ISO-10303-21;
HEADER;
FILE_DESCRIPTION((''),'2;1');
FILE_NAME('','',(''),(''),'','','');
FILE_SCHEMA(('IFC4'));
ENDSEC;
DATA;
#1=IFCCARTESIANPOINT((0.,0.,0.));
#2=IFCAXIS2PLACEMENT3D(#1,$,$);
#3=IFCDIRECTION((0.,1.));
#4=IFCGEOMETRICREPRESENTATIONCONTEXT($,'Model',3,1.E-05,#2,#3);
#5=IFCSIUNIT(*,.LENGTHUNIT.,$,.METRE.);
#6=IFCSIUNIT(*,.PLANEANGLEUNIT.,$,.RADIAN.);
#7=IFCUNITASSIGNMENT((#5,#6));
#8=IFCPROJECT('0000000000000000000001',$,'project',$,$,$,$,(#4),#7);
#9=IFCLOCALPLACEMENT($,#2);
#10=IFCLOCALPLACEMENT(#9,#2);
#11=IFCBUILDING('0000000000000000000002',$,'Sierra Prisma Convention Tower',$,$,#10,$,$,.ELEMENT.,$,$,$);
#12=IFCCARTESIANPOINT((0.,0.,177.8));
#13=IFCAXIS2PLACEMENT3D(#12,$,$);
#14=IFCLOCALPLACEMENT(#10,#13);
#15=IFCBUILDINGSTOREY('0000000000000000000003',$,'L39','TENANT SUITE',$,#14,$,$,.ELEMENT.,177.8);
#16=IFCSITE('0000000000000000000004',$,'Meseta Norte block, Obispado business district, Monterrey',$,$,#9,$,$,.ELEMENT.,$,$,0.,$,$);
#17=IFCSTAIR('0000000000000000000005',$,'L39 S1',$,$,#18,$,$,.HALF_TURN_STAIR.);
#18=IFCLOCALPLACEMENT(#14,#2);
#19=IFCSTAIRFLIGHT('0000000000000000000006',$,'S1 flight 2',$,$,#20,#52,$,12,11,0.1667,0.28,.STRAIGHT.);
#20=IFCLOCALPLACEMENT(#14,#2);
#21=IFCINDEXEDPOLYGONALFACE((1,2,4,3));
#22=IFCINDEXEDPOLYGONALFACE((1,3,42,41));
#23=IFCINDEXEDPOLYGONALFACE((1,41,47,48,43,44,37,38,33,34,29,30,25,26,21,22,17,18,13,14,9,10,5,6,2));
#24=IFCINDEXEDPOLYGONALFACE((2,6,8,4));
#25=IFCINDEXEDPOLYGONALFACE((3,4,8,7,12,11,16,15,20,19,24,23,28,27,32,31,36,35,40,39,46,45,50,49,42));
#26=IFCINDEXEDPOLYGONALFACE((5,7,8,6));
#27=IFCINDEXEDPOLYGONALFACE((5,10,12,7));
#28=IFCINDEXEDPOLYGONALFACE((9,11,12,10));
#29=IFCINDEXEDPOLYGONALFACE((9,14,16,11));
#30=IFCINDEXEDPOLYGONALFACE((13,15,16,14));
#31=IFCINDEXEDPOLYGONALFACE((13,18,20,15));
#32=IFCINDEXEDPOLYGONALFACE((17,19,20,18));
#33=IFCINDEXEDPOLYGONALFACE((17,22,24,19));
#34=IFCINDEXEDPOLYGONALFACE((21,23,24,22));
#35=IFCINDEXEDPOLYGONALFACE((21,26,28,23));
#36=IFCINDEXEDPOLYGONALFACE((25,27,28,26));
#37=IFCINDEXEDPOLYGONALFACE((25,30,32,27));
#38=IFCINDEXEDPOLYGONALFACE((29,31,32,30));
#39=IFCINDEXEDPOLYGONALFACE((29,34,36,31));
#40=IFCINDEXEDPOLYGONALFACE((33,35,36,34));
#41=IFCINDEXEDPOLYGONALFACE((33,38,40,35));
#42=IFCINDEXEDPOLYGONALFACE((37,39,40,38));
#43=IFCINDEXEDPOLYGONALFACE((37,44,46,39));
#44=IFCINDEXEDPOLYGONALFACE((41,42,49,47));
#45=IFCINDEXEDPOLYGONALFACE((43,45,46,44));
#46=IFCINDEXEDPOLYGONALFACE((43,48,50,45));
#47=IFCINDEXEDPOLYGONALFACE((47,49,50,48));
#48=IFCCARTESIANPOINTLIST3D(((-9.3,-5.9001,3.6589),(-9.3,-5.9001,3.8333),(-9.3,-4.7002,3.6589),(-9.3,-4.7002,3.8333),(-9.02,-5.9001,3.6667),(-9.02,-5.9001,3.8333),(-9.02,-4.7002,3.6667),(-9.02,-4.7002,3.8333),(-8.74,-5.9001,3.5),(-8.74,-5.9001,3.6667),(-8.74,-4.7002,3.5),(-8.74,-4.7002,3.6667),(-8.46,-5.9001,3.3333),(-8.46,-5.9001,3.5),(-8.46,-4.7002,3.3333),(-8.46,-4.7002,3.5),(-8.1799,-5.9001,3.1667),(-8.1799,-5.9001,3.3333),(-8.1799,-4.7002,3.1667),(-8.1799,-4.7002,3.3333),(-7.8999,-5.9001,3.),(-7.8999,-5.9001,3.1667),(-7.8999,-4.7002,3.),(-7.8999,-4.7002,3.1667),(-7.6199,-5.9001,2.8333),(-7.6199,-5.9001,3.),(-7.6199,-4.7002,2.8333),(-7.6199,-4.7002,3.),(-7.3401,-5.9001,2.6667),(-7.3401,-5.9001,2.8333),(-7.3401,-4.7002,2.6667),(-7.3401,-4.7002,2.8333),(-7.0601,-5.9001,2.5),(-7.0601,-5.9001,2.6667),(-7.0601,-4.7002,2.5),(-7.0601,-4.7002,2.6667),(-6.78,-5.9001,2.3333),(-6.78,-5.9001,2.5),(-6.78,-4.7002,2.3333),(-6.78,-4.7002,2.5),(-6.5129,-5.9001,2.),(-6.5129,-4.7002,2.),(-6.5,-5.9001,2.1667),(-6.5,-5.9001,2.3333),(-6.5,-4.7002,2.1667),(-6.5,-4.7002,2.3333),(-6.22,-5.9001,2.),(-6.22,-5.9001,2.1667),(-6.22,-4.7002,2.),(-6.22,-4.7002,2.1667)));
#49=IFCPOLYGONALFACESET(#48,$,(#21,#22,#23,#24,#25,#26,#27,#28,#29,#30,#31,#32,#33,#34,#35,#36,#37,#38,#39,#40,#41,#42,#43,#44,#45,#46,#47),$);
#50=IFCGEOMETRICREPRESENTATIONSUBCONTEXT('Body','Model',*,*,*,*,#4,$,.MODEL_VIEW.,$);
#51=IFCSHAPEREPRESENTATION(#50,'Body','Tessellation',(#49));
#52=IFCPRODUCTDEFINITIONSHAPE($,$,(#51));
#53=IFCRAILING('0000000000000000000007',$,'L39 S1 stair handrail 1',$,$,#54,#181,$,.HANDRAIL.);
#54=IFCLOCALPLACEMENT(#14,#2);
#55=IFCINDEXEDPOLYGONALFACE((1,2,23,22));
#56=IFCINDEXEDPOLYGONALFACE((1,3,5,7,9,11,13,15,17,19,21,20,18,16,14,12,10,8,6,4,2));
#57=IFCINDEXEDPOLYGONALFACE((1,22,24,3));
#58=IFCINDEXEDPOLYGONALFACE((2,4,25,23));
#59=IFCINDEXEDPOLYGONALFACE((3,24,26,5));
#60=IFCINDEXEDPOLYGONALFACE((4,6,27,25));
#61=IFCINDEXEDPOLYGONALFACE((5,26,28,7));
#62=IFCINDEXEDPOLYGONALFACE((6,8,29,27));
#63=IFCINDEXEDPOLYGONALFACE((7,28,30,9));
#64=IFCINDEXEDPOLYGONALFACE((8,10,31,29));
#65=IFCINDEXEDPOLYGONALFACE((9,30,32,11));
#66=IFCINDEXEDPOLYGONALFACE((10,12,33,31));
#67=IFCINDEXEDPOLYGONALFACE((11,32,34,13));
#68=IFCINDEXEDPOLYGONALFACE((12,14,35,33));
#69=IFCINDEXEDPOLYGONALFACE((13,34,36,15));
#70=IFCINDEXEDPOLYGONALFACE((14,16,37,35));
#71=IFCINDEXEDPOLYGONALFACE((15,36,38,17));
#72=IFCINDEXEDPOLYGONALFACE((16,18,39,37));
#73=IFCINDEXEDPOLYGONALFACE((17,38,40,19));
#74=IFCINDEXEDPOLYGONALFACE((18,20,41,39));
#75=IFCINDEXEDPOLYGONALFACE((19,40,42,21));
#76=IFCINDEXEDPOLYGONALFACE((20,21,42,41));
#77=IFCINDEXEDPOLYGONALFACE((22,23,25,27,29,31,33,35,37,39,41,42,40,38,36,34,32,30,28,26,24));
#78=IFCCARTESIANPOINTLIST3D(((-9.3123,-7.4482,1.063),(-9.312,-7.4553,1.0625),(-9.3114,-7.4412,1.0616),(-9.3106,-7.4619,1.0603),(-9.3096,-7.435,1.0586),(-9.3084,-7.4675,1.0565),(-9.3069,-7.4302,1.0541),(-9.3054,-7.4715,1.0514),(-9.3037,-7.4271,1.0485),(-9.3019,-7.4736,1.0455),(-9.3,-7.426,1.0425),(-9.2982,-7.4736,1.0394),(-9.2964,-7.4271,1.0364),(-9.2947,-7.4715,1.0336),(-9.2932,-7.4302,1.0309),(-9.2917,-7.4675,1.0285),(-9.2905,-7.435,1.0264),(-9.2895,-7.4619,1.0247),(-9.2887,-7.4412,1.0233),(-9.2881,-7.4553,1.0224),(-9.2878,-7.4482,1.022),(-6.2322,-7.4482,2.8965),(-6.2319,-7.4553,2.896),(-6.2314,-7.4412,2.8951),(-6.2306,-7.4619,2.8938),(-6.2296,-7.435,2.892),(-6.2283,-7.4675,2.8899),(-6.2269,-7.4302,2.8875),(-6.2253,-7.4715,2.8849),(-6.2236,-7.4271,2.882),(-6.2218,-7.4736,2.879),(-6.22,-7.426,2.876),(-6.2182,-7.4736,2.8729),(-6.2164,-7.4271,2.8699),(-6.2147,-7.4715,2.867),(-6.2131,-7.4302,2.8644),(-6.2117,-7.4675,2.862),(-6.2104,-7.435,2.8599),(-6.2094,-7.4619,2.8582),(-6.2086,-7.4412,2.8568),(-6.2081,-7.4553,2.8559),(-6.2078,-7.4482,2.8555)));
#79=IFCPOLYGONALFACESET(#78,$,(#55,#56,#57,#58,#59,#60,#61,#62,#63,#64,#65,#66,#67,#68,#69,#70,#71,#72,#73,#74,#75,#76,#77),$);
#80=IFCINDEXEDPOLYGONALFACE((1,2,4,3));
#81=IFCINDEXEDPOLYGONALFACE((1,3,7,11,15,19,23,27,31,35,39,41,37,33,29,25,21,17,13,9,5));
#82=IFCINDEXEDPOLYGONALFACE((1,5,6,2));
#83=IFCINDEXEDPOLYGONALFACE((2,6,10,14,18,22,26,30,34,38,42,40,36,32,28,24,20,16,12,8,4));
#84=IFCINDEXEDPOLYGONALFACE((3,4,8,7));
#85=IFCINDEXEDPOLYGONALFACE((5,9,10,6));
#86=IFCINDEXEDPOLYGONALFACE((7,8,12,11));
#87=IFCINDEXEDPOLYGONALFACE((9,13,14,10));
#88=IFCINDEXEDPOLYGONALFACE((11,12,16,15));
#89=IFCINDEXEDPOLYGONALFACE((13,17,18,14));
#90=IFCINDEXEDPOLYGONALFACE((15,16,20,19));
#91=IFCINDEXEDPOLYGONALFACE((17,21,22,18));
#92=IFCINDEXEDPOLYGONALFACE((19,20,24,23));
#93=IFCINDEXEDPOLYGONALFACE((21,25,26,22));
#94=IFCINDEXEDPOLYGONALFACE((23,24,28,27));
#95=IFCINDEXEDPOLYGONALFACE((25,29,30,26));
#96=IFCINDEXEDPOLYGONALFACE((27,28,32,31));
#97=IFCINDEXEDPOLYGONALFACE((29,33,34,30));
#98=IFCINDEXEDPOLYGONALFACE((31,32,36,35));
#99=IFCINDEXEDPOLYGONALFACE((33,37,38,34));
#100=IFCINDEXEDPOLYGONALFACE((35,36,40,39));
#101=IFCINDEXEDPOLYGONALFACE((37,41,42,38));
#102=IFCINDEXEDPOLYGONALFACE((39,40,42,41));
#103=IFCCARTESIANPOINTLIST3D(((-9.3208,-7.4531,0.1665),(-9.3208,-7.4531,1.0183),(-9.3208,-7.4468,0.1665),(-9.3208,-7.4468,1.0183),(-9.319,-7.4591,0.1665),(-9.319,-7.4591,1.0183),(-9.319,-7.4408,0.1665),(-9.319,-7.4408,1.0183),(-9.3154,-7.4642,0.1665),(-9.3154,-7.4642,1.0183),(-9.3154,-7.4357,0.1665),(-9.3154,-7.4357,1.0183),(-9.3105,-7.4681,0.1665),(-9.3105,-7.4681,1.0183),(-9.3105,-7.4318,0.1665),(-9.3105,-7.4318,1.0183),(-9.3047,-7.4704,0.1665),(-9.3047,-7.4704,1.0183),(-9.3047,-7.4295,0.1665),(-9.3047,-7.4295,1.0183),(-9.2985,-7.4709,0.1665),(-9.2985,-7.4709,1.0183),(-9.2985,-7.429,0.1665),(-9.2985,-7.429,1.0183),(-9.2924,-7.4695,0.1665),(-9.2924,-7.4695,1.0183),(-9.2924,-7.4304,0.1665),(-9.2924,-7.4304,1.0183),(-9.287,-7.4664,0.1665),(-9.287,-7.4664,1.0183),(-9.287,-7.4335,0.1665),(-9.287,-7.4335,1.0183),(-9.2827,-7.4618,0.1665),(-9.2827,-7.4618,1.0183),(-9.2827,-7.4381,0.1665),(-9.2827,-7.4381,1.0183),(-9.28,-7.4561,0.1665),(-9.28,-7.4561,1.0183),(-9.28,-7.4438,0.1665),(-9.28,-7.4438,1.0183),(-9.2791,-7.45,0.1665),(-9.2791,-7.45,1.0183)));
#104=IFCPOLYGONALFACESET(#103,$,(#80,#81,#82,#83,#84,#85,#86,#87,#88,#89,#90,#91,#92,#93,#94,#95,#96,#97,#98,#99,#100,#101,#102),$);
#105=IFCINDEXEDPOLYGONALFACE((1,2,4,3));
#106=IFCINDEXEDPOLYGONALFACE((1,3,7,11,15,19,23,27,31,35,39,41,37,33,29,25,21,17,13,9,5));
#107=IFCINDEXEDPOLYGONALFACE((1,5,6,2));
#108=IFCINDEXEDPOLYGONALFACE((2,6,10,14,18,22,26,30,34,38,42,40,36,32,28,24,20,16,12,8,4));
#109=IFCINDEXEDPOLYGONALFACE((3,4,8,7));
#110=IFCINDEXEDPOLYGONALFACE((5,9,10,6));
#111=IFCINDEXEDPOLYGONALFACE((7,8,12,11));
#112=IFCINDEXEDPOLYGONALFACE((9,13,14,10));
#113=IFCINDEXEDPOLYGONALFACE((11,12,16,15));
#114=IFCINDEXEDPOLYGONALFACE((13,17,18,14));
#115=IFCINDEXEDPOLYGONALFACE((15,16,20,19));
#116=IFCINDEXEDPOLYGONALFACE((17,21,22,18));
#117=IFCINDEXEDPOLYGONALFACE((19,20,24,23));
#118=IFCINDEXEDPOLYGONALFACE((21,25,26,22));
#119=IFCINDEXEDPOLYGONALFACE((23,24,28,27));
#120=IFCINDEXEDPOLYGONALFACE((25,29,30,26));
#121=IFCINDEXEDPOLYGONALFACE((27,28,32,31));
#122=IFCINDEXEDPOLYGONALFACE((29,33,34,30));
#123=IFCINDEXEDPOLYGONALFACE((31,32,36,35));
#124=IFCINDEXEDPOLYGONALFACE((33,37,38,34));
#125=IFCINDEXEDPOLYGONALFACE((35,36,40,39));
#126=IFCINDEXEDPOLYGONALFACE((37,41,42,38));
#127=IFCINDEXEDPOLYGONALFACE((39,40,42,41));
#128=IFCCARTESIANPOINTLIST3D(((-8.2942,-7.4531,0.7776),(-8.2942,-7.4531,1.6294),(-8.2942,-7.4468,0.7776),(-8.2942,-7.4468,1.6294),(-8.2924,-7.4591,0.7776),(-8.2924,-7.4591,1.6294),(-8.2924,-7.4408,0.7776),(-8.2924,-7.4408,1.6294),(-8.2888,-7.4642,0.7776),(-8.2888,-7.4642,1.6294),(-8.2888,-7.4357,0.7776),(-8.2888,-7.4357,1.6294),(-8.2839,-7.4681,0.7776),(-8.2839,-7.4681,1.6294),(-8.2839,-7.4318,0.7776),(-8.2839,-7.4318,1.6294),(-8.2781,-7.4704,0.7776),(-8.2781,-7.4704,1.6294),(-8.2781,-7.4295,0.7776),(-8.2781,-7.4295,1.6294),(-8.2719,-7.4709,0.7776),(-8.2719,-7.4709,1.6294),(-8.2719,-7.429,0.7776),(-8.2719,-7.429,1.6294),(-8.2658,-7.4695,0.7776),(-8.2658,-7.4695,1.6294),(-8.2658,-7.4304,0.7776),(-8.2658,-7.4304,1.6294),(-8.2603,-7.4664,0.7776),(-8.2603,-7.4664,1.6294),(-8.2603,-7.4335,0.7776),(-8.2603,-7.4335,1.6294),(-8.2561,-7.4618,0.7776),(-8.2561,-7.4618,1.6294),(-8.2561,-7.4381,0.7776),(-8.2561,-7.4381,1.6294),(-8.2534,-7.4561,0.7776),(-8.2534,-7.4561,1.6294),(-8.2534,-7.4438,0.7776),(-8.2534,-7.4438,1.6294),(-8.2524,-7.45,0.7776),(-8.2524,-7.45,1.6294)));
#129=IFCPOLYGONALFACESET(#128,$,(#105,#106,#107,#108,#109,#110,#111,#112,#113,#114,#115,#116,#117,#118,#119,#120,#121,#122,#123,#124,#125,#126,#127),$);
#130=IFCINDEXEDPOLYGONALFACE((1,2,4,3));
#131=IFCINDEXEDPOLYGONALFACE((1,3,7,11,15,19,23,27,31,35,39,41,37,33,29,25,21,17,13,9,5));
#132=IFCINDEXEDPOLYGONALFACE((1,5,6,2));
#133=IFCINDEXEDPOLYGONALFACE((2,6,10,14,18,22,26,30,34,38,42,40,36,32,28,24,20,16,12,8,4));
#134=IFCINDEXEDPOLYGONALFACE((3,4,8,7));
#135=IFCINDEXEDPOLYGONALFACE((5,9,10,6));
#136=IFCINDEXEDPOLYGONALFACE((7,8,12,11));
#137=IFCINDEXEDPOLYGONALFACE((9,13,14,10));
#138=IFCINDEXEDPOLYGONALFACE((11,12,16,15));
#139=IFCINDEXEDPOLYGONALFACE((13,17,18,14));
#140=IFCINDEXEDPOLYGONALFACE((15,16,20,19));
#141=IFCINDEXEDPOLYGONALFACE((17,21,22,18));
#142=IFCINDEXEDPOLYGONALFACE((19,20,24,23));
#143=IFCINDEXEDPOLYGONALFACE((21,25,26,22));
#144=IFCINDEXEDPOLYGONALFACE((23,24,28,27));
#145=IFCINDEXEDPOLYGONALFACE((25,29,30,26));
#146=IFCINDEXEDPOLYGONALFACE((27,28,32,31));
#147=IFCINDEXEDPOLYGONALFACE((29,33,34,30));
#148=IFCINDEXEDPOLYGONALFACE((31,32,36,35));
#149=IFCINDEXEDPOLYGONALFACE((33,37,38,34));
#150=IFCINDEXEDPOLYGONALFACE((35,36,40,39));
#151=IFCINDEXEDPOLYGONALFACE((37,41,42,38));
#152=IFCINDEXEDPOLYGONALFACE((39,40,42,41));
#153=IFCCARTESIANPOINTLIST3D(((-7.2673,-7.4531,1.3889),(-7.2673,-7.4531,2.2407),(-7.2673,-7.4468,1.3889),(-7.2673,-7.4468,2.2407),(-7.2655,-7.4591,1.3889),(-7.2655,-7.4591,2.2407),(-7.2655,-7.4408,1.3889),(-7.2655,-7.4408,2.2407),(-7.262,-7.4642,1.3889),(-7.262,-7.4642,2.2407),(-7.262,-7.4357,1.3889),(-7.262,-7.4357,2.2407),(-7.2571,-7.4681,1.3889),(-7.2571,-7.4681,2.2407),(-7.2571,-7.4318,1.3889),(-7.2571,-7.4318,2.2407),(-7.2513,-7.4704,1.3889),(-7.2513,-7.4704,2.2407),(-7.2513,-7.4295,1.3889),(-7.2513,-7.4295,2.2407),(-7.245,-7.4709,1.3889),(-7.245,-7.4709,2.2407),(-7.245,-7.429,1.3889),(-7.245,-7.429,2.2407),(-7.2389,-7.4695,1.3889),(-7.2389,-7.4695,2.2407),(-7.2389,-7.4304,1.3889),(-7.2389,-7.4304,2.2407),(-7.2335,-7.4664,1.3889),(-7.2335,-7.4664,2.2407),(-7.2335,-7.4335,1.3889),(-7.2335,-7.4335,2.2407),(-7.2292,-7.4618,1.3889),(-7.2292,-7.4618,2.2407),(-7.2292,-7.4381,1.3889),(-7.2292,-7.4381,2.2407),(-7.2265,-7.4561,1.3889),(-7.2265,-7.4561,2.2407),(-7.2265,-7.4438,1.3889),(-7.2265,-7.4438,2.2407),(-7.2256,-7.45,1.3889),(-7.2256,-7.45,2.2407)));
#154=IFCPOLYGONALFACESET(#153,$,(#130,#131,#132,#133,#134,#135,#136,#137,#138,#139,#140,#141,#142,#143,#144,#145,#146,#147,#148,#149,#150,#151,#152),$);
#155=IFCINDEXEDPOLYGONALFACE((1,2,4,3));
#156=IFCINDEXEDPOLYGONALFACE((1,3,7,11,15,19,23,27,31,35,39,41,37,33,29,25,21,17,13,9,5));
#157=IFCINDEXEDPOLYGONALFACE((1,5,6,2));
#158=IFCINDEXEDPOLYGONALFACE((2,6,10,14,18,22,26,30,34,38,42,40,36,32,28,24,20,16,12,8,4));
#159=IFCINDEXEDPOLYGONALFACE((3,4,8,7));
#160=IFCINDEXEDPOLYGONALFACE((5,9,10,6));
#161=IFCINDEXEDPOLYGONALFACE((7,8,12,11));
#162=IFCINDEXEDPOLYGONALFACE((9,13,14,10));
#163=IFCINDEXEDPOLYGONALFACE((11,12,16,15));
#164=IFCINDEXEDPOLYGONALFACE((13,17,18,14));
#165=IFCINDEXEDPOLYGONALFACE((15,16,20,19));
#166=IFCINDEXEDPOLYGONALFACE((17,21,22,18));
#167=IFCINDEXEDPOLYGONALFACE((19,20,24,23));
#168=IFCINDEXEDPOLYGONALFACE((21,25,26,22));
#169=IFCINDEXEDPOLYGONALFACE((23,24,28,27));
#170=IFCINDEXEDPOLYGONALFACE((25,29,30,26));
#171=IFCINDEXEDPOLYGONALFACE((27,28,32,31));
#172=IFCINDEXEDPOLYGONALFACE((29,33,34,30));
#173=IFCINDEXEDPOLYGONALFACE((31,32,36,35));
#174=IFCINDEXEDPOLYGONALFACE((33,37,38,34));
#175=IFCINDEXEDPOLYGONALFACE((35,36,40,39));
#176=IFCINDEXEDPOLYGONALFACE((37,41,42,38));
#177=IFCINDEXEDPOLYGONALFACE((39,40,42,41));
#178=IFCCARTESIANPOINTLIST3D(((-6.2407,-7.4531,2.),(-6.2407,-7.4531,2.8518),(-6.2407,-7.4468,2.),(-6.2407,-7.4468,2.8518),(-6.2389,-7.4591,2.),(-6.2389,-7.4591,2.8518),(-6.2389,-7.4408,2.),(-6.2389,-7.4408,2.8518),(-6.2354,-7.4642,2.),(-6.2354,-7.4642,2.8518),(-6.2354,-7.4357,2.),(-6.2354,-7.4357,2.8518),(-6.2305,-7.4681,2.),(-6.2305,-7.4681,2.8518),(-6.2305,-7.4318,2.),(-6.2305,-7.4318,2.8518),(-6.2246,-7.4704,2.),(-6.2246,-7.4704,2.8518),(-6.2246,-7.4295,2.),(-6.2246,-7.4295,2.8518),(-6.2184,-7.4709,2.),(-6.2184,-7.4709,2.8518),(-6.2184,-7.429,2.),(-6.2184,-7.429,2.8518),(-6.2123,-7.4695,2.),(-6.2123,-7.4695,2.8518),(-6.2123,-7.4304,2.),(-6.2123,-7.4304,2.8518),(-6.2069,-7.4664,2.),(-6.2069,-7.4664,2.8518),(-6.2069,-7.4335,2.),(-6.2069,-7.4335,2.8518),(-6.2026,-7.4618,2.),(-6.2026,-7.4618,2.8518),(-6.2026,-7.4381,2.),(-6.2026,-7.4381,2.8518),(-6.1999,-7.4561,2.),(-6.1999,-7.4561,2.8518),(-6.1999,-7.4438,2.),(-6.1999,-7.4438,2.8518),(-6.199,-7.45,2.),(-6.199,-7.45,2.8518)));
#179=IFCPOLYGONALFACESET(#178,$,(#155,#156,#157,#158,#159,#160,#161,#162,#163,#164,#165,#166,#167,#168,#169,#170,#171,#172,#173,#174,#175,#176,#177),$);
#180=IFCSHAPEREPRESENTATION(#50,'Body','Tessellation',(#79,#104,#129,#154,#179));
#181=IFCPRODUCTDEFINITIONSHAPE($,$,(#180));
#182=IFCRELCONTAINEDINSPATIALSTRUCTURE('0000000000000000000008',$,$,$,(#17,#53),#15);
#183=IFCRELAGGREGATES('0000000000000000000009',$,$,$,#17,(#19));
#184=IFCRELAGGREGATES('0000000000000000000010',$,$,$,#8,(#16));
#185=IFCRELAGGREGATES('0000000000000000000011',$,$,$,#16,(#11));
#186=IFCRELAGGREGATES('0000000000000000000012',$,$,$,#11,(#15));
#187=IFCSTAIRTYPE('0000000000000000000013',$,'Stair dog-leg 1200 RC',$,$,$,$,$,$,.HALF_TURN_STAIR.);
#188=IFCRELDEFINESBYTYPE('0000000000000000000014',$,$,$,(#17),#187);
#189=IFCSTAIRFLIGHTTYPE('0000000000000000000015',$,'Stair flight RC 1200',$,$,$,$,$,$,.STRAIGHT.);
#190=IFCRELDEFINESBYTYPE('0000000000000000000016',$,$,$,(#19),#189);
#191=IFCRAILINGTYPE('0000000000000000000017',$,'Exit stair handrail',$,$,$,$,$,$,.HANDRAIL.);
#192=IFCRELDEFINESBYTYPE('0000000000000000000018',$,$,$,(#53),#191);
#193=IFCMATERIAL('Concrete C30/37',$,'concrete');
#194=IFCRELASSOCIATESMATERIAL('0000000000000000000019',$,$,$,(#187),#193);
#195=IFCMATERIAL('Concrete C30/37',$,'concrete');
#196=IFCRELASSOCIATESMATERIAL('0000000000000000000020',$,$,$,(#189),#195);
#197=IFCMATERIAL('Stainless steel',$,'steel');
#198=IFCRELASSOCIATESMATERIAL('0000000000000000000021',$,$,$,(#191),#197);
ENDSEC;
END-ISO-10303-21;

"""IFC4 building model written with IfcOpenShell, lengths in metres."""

from ifc_helpers import new_model, si_unit, direction, frame, origin, origin_2d, place, context, subcontext, project, spatial, polyline, circle, outline, extrude, material, type_object, element, aggregate, save


model = new_model("IFC4")

# Units and contexts
model_context = context("Model", 3, precision=1e-05, world=origin(), true_north=direction((0.0, 1.0)))
body_context = subcontext(model_context, "Body", "Model", "MODEL_VIEW")
ifc_project = project(units=[si_unit("LENGTHUNIT", "METRE"), si_unit("PLANEANGLEUNIT", "RADIAN")], contexts=[model_context])

# Site, building, storey
site_placement = place(None, origin())
site = spatial("IfcSite", under=ifc_project, at=site_placement, Name="Meseta Norte block, Obispado business district, Monterrey", CompositionType="ELEMENT", RefElevation=0.0)
building_placement = place(site_placement, origin())
building = spatial("IfcBuilding", under=site, at=building_placement, Name="Sierra Prisma Convention Tower", CompositionType="ELEMENT")
storey_placement = place(building_placement, frame((0.0, 0.0, 177.8)))
storey = spatial("IfcBuildingStorey", under=building, at=storey_placement, Name="L39", Description="TENANT SUITE", CompositionType="ELEMENT", Elevation=177.8)

# Stair, stair flight
ifc_material_1 = material(Name="Concrete C30/37", Category="concrete")
stair_type = type_object("IfcStairType", Name="Stair dog-leg 1200 RC", PredefinedType="HALF_TURN_STAIR", material=ifc_material_1)
stair_placement = place(storey_placement, origin())
stair = element("IfcStair", 1, at=stair_placement, inside=storey, type_object=stair_type, Name="L39 S1", PredefinedType="HALF_TURN_STAIR")
ifc_material_2 = material(Name="Concrete C30/37", Category="concrete")
stair_flight_type = type_object("IfcStairFlightType", Name="Stair flight RC 1200", PredefinedType="STRAIGHT", material=ifc_material_2)
stair_flight_1_placement = place(storey_placement, frame((-6.22, -5.3, 2.0), z_axis=(0.0, 0.0, 1.0), x_axis=(-1.0, 0.0, 0.0)))
stair_flight_1 = element("IfcStairFlight", 2, at=stair_flight_1_placement, type_object=stair_flight_type, Name="S1 flight 2", NumberOfRisers=12, NumberOfTreads=11, PredefinedType="STRAIGHT", RiserHeight=0.1667, TreadLength=0.28, context=body_context, shape_type="SweptSolid", body=[
    extrude(outline(polyline([(0.0, 0.0), (0.0, 0.1667), (0.28, 0.1667), (0.28, 0.3333), (0.5601, 0.3333), (0.5601, 0.5), (0.8401, 0.5), (0.8401, 0.6667), (1.1201, 0.6667), (1.1201, 0.8333), (1.3999, 0.8333), (1.3999, 1.0), (1.6799, 1.0), (1.6799, 1.1667), (1.96, 1.1667), (1.96, 1.3333), (2.24, 1.3333), (2.24, 1.5), (2.52, 1.5), (2.52, 1.6667), (2.8, 1.6667), (2.8, 1.8333), (3.0801, 1.8333), (3.0801, 2.0), (3.0801, 1.6589), (0.293, 0.0), (0.0, 0.0)])), frame((0.0, 0.6001, 0.0), z_axis=(0.0, -1.0, 0.0), x_axis=(1.0, 0.0, 0.0)), (0.0, 0.0, 1.0), 1.2),
])
aggregate(stair, [stair_flight_1])

# Railing
ifc_material_3 = material(Name="Stainless steel", Category="steel")
railing_type_1 = type_object("IfcRailingType", Name="Exit stair handrail", PredefinedType="HANDRAIL", material=ifc_material_3)
railing_1_placement = place(storey_placement, frame((-9.3, -7.45, 0.1665)))
element("IfcRailing", 3, at=railing_1_placement, inside=storey, type_object=railing_type_1, Name="L39 S1 stair handrail 1", PredefinedType="HANDRAIL", context=body_context, shape_type="SweptSolid", body=[
    extrude(circle(Radius=0.0239, at=origin_2d()), frame((0.0, 0.0, 0.876), z_axis=(0.859279, 0.0, 0.511508), x_axis=(0.0, 1.0, 0.0)), (0.0, 0.0, 1.0), 3.5845),
    extrude(circle(Radius=0.021, at=origin_2d()), origin(), (0.0, 0.0, 1.0), 0.8518),
    extrude(circle(Radius=0.021, at=origin_2d()), frame((1.0266, 0.0, 0.6111)), (0.0, 0.0, 1.0), 0.8518),
    extrude(circle(Radius=0.021, at=origin_2d()), frame((2.0535, 0.0, 1.2224)), (0.0, 0.0, 1.0), 0.8518),
    extrude(circle(Radius=0.021, at=origin_2d()), frame((3.0801, 0.0, 1.8335)), (0.0, 0.0, 1.0), 0.8518),
])

save(model, "model.ifc")
